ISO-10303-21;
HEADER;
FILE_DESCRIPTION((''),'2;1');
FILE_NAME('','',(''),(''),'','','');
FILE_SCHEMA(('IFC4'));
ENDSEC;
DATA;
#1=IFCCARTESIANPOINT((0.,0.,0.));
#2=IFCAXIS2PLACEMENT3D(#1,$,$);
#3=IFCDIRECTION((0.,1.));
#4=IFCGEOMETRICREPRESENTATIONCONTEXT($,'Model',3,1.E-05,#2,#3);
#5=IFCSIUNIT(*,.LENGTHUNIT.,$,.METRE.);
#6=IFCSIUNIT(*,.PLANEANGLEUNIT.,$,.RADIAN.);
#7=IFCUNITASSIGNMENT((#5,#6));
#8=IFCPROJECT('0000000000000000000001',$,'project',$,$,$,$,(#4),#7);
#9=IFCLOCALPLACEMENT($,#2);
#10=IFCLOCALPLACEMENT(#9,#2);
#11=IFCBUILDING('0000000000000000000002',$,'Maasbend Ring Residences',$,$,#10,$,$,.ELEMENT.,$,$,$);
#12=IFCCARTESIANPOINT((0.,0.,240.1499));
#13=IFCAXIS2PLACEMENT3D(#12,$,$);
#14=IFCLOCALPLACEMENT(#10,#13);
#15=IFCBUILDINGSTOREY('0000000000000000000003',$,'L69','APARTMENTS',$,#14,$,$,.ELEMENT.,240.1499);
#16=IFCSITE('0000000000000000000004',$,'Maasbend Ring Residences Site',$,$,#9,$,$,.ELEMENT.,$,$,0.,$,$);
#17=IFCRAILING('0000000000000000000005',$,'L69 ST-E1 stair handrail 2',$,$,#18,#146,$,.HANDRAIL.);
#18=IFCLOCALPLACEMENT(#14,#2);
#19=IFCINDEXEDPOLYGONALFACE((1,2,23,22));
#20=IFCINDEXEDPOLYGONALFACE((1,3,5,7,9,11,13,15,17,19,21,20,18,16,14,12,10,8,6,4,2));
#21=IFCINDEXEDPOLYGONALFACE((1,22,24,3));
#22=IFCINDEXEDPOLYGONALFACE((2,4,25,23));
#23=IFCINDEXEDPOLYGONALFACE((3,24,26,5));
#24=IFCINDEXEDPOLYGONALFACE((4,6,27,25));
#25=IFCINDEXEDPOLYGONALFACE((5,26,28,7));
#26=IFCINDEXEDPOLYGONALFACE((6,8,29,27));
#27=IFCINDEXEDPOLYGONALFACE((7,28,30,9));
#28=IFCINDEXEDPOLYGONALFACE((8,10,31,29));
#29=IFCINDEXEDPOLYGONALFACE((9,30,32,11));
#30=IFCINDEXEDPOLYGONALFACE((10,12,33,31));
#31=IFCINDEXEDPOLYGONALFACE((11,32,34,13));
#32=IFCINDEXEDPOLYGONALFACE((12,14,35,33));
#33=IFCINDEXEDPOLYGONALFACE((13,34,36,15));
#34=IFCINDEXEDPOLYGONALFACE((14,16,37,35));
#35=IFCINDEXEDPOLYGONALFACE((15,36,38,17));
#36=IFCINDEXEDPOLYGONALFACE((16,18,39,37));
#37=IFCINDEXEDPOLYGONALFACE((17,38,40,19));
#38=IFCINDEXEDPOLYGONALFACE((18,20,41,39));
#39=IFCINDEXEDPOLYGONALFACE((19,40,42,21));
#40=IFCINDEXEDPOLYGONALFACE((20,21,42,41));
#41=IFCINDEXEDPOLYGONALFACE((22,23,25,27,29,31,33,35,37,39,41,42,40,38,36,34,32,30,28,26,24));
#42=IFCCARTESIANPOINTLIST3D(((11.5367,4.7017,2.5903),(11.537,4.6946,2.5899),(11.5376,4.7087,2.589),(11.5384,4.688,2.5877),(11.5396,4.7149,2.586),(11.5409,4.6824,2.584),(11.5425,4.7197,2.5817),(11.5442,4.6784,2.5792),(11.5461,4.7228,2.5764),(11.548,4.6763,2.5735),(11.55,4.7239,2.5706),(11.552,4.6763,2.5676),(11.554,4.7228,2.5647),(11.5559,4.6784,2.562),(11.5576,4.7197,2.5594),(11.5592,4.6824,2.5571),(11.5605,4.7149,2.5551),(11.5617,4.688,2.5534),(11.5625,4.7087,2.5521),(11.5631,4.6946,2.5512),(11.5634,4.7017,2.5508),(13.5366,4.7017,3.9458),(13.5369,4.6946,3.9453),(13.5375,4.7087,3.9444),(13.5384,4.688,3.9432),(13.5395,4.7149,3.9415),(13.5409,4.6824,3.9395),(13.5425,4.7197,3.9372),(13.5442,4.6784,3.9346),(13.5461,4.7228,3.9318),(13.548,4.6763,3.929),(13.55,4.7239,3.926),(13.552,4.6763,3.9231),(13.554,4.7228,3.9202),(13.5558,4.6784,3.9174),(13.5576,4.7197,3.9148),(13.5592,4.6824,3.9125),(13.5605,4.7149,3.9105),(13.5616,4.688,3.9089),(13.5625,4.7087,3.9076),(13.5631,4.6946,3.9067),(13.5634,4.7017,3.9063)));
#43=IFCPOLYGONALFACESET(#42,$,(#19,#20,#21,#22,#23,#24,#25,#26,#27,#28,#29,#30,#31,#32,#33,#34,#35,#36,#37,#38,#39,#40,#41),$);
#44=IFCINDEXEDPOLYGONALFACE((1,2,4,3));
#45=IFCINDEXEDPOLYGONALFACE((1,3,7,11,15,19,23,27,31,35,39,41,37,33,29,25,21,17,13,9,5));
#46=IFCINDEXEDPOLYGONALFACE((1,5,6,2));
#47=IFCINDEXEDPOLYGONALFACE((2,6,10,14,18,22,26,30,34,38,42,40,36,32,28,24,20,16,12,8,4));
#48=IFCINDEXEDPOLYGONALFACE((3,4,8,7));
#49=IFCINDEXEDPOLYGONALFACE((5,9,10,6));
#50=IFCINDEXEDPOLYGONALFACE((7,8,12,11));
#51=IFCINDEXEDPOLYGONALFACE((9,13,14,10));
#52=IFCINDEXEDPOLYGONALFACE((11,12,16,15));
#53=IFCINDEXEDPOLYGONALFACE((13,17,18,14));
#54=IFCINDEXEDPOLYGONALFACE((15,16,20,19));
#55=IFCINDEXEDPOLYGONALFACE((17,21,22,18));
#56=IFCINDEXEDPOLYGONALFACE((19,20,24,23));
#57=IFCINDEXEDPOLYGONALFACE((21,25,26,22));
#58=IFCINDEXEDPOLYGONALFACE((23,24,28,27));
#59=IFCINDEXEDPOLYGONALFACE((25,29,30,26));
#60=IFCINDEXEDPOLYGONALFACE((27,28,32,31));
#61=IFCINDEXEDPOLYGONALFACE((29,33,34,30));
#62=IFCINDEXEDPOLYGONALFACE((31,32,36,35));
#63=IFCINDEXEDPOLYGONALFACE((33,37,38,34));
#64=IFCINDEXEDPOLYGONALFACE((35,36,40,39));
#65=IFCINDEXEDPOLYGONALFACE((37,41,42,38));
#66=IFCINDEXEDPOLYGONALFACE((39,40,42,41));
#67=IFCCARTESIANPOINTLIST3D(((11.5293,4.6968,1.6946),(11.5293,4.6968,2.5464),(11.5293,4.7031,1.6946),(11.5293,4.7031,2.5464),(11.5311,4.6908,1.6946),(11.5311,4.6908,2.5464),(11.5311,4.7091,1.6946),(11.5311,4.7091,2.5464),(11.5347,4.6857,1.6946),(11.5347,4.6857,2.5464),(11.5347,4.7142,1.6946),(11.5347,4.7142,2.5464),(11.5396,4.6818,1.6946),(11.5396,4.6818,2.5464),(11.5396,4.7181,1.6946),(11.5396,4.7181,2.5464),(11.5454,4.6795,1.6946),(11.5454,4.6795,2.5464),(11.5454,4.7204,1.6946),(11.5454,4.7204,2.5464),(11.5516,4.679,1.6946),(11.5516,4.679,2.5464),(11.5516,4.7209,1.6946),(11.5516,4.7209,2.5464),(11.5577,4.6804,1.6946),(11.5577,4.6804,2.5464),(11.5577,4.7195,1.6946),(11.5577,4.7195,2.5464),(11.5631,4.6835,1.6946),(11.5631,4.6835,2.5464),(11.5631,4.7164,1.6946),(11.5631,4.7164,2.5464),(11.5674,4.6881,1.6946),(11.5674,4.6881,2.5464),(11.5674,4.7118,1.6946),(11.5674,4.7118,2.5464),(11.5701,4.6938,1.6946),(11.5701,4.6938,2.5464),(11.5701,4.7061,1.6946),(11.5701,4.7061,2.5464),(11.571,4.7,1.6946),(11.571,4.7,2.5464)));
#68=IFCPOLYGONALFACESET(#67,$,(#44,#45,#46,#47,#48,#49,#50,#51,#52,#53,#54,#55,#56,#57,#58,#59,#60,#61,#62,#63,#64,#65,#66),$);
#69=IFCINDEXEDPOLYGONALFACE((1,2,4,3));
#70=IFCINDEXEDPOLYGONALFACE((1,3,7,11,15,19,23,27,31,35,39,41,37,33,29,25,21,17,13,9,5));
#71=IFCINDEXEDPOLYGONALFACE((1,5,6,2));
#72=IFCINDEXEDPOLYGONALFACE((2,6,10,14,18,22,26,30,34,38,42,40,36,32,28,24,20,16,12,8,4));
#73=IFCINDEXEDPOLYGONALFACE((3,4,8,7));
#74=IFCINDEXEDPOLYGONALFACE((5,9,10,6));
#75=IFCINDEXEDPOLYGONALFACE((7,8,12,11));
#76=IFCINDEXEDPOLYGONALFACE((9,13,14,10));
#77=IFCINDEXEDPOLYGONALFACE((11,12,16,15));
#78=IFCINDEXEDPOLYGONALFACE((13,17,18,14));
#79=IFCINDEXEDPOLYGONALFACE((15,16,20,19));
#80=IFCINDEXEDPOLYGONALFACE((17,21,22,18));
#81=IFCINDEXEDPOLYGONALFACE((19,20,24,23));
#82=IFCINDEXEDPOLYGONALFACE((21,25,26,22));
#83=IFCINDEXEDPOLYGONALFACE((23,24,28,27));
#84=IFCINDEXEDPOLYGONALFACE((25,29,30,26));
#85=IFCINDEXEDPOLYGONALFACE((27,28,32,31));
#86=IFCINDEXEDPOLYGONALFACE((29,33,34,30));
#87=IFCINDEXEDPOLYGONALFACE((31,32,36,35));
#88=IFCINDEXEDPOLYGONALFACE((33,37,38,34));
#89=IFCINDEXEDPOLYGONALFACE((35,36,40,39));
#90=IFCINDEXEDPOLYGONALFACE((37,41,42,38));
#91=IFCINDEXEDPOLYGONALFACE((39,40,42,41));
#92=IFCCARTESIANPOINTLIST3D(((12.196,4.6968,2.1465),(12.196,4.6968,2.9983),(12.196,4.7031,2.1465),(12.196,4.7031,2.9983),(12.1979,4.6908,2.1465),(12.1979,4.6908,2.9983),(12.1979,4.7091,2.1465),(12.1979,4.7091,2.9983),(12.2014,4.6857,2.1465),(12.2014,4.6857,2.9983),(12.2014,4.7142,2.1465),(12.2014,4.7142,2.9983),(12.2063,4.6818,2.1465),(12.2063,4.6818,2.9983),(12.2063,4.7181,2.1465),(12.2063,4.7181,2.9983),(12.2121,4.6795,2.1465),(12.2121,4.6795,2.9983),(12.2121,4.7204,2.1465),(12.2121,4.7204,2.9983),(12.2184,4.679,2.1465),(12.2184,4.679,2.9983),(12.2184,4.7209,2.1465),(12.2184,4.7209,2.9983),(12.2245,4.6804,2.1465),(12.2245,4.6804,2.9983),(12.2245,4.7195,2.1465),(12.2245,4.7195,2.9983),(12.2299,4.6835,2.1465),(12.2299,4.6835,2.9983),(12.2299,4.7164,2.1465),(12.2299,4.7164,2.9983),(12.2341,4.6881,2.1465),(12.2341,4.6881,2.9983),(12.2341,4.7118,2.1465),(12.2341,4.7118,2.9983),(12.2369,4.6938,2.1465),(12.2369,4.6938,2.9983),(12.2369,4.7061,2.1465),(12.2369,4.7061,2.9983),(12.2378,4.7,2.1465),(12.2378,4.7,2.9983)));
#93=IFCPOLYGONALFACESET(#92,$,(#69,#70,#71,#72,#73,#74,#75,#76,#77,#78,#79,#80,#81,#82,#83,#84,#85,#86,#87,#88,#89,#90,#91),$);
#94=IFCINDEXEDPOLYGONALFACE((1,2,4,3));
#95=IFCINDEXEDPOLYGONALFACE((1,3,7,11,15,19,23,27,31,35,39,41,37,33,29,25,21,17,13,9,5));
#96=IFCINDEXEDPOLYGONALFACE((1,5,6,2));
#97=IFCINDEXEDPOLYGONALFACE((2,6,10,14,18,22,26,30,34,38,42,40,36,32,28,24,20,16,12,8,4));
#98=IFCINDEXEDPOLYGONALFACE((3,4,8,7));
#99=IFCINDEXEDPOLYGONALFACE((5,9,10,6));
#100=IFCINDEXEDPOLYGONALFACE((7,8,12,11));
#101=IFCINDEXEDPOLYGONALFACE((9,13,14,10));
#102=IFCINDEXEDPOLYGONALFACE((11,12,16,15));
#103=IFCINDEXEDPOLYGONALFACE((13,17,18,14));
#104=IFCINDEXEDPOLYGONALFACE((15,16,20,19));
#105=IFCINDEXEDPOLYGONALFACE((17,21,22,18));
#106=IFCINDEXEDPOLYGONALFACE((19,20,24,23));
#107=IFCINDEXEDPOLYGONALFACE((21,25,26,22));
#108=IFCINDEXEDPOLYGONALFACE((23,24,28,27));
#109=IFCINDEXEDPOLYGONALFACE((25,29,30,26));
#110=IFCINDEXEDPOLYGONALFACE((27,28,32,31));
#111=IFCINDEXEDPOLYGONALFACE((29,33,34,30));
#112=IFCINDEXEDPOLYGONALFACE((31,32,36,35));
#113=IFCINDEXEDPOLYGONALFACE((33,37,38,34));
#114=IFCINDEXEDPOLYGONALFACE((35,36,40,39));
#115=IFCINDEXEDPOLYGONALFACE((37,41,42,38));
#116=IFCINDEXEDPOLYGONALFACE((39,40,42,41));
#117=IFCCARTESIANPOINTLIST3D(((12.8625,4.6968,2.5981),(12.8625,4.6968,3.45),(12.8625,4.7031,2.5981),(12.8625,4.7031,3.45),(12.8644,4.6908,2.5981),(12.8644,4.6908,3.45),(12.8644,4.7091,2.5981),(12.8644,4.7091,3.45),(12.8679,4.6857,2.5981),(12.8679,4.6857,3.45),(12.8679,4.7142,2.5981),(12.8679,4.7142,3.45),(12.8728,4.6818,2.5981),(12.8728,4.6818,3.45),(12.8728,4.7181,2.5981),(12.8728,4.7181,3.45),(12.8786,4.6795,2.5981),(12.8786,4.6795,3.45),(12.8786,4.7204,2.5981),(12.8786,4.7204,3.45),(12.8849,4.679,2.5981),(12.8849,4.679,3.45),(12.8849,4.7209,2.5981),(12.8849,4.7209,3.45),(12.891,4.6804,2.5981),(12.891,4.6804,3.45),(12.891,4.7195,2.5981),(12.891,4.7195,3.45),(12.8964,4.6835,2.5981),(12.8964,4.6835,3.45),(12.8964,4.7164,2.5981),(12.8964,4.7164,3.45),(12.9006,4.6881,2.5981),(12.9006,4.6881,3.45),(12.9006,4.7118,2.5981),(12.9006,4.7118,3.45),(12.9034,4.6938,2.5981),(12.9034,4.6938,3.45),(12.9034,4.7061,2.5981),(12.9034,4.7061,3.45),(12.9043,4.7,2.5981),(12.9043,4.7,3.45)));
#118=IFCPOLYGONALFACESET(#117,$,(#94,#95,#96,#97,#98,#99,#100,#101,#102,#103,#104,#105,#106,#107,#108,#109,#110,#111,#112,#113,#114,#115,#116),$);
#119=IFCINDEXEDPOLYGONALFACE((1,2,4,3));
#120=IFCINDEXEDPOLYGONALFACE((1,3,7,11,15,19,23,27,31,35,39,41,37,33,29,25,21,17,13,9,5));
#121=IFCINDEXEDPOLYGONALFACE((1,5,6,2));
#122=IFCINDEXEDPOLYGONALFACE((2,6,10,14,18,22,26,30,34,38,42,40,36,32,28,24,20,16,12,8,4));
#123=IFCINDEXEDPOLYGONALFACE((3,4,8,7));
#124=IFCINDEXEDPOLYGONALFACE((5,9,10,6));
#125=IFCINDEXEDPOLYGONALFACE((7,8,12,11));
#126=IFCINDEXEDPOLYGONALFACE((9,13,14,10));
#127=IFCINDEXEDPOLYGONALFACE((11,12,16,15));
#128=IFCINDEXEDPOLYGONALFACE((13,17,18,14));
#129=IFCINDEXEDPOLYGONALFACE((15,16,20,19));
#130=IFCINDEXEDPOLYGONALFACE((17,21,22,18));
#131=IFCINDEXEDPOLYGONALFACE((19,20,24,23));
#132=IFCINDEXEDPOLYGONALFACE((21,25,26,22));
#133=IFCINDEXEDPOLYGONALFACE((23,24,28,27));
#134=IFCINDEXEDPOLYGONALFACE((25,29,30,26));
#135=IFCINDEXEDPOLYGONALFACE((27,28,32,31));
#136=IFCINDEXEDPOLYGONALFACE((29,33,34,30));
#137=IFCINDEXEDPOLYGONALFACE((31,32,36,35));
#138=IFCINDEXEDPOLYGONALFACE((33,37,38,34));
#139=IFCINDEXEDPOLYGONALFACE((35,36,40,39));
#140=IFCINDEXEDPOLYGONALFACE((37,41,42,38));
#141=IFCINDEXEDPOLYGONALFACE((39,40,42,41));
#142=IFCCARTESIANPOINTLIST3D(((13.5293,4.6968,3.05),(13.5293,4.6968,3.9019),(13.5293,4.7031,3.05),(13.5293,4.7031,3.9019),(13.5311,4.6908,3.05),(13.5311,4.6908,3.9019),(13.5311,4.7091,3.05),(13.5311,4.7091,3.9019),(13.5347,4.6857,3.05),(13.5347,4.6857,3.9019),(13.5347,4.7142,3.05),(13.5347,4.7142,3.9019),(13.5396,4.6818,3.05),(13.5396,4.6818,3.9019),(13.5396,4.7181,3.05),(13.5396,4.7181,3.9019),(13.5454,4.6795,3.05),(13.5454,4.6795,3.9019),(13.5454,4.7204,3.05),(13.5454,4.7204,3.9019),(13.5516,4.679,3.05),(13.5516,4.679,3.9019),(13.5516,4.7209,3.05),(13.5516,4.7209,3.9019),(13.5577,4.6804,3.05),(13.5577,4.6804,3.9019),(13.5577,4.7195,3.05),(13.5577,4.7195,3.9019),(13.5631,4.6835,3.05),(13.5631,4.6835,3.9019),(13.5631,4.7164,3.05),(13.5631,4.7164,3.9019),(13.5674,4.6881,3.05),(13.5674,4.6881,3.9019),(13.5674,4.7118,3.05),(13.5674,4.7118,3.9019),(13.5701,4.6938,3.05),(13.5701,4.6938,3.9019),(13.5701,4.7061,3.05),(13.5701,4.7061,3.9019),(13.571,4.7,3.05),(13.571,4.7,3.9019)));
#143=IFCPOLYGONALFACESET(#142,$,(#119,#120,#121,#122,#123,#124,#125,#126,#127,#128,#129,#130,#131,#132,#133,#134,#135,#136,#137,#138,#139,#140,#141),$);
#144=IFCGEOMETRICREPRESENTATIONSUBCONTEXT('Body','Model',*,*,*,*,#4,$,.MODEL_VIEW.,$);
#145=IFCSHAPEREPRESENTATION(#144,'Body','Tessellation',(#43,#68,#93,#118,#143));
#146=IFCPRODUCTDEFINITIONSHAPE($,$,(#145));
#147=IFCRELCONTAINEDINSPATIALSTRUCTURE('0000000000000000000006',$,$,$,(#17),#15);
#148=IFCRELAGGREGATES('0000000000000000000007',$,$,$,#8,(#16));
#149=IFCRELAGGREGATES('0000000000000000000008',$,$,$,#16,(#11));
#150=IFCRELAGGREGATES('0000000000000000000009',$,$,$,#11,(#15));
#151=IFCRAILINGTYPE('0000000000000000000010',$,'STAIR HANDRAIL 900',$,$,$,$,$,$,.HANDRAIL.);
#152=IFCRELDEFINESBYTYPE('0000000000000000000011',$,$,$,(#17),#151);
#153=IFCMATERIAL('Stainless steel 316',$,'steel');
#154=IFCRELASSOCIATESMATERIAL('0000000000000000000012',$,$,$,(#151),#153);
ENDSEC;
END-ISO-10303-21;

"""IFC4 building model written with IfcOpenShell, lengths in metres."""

from ifc_helpers import new_model, si_unit, direction, frame, origin, origin_2d, place, context, subcontext, project, spatial, circle, extrude, material, type_object, element, save


model = new_model("IFC4")

# Units and contexts
model_context = context("Model", 3, precision=1e-05, world=origin(), true_north=direction((0.0, 1.0)))
body_context = subcontext(model_context, "Body", "Model", "MODEL_VIEW")
ifc_project = project(units=[si_unit("LENGTHUNIT", "METRE"), si_unit("PLANEANGLEUNIT", "RADIAN")], contexts=[model_context])

# Site, building, storey
site_placement = place(None, origin())
site = spatial("IfcSite", under=ifc_project, at=site_placement, Name="Maasbend Ring Residences Site", CompositionType="ELEMENT", RefElevation=0.0)
building_placement = place(site_placement, origin())
building = spatial("IfcBuilding", under=site, at=building_placement, Name="Maasbend Ring Residences", CompositionType="ELEMENT")
storey_placement = place(building_placement, frame((0.0, 0.0, 240.1499)))
storey = spatial("IfcBuildingStorey", under=building, at=storey_placement, Name="L69", Description="APARTMENTS", CompositionType="ELEMENT", Elevation=240.1499)

# Railing
ifc_material_1 = material(Name="Stainless steel 316", Category="steel")
railing_type_1 = type_object("IfcRailingType", Name="STAIR HANDRAIL 900", PredefinedType="HANDRAIL", material=ifc_material_1)
railing_1_placement = place(storey_placement, frame((11.55, 4.7, 1.6946)))
element("IfcRailing", 1, at=railing_1_placement, inside=storey, type_object=railing_type_1, Name="L69 ST-E1 stair handrail 2", PredefinedType="HANDRAIL", context=body_context, shape_type="SweptSolid", body=[
    extrude(circle(Radius=0.0239, at=origin_2d()), frame((0.0, 0.0, 0.876), z_axis=(0.827798, 0.0, 0.561027), x_axis=(0.0, 1.0, 0.0)), (0.0, 0.0, 1.0), 2.416),
    extrude(circle(Radius=0.021, at=origin_2d()), origin(), (0.0, 0.0, 1.0), 0.8518),
    extrude(circle(Radius=0.021, at=origin_2d()), frame((0.6667, 0.0, 0.4519)), (0.0, 0.0, 1.0), 0.8518),
    extrude(circle(Radius=0.021, at=origin_2d()), frame((1.3333, 0.0, 0.9036)), (0.0, 0.0, 1.0), 0.8518),
    extrude(circle(Radius=0.021, at=origin_2d()), frame((2.0, 0.0, 1.3555)), (0.0, 0.0, 1.0), 0.8518),
])

save(model, "model.ifc")
